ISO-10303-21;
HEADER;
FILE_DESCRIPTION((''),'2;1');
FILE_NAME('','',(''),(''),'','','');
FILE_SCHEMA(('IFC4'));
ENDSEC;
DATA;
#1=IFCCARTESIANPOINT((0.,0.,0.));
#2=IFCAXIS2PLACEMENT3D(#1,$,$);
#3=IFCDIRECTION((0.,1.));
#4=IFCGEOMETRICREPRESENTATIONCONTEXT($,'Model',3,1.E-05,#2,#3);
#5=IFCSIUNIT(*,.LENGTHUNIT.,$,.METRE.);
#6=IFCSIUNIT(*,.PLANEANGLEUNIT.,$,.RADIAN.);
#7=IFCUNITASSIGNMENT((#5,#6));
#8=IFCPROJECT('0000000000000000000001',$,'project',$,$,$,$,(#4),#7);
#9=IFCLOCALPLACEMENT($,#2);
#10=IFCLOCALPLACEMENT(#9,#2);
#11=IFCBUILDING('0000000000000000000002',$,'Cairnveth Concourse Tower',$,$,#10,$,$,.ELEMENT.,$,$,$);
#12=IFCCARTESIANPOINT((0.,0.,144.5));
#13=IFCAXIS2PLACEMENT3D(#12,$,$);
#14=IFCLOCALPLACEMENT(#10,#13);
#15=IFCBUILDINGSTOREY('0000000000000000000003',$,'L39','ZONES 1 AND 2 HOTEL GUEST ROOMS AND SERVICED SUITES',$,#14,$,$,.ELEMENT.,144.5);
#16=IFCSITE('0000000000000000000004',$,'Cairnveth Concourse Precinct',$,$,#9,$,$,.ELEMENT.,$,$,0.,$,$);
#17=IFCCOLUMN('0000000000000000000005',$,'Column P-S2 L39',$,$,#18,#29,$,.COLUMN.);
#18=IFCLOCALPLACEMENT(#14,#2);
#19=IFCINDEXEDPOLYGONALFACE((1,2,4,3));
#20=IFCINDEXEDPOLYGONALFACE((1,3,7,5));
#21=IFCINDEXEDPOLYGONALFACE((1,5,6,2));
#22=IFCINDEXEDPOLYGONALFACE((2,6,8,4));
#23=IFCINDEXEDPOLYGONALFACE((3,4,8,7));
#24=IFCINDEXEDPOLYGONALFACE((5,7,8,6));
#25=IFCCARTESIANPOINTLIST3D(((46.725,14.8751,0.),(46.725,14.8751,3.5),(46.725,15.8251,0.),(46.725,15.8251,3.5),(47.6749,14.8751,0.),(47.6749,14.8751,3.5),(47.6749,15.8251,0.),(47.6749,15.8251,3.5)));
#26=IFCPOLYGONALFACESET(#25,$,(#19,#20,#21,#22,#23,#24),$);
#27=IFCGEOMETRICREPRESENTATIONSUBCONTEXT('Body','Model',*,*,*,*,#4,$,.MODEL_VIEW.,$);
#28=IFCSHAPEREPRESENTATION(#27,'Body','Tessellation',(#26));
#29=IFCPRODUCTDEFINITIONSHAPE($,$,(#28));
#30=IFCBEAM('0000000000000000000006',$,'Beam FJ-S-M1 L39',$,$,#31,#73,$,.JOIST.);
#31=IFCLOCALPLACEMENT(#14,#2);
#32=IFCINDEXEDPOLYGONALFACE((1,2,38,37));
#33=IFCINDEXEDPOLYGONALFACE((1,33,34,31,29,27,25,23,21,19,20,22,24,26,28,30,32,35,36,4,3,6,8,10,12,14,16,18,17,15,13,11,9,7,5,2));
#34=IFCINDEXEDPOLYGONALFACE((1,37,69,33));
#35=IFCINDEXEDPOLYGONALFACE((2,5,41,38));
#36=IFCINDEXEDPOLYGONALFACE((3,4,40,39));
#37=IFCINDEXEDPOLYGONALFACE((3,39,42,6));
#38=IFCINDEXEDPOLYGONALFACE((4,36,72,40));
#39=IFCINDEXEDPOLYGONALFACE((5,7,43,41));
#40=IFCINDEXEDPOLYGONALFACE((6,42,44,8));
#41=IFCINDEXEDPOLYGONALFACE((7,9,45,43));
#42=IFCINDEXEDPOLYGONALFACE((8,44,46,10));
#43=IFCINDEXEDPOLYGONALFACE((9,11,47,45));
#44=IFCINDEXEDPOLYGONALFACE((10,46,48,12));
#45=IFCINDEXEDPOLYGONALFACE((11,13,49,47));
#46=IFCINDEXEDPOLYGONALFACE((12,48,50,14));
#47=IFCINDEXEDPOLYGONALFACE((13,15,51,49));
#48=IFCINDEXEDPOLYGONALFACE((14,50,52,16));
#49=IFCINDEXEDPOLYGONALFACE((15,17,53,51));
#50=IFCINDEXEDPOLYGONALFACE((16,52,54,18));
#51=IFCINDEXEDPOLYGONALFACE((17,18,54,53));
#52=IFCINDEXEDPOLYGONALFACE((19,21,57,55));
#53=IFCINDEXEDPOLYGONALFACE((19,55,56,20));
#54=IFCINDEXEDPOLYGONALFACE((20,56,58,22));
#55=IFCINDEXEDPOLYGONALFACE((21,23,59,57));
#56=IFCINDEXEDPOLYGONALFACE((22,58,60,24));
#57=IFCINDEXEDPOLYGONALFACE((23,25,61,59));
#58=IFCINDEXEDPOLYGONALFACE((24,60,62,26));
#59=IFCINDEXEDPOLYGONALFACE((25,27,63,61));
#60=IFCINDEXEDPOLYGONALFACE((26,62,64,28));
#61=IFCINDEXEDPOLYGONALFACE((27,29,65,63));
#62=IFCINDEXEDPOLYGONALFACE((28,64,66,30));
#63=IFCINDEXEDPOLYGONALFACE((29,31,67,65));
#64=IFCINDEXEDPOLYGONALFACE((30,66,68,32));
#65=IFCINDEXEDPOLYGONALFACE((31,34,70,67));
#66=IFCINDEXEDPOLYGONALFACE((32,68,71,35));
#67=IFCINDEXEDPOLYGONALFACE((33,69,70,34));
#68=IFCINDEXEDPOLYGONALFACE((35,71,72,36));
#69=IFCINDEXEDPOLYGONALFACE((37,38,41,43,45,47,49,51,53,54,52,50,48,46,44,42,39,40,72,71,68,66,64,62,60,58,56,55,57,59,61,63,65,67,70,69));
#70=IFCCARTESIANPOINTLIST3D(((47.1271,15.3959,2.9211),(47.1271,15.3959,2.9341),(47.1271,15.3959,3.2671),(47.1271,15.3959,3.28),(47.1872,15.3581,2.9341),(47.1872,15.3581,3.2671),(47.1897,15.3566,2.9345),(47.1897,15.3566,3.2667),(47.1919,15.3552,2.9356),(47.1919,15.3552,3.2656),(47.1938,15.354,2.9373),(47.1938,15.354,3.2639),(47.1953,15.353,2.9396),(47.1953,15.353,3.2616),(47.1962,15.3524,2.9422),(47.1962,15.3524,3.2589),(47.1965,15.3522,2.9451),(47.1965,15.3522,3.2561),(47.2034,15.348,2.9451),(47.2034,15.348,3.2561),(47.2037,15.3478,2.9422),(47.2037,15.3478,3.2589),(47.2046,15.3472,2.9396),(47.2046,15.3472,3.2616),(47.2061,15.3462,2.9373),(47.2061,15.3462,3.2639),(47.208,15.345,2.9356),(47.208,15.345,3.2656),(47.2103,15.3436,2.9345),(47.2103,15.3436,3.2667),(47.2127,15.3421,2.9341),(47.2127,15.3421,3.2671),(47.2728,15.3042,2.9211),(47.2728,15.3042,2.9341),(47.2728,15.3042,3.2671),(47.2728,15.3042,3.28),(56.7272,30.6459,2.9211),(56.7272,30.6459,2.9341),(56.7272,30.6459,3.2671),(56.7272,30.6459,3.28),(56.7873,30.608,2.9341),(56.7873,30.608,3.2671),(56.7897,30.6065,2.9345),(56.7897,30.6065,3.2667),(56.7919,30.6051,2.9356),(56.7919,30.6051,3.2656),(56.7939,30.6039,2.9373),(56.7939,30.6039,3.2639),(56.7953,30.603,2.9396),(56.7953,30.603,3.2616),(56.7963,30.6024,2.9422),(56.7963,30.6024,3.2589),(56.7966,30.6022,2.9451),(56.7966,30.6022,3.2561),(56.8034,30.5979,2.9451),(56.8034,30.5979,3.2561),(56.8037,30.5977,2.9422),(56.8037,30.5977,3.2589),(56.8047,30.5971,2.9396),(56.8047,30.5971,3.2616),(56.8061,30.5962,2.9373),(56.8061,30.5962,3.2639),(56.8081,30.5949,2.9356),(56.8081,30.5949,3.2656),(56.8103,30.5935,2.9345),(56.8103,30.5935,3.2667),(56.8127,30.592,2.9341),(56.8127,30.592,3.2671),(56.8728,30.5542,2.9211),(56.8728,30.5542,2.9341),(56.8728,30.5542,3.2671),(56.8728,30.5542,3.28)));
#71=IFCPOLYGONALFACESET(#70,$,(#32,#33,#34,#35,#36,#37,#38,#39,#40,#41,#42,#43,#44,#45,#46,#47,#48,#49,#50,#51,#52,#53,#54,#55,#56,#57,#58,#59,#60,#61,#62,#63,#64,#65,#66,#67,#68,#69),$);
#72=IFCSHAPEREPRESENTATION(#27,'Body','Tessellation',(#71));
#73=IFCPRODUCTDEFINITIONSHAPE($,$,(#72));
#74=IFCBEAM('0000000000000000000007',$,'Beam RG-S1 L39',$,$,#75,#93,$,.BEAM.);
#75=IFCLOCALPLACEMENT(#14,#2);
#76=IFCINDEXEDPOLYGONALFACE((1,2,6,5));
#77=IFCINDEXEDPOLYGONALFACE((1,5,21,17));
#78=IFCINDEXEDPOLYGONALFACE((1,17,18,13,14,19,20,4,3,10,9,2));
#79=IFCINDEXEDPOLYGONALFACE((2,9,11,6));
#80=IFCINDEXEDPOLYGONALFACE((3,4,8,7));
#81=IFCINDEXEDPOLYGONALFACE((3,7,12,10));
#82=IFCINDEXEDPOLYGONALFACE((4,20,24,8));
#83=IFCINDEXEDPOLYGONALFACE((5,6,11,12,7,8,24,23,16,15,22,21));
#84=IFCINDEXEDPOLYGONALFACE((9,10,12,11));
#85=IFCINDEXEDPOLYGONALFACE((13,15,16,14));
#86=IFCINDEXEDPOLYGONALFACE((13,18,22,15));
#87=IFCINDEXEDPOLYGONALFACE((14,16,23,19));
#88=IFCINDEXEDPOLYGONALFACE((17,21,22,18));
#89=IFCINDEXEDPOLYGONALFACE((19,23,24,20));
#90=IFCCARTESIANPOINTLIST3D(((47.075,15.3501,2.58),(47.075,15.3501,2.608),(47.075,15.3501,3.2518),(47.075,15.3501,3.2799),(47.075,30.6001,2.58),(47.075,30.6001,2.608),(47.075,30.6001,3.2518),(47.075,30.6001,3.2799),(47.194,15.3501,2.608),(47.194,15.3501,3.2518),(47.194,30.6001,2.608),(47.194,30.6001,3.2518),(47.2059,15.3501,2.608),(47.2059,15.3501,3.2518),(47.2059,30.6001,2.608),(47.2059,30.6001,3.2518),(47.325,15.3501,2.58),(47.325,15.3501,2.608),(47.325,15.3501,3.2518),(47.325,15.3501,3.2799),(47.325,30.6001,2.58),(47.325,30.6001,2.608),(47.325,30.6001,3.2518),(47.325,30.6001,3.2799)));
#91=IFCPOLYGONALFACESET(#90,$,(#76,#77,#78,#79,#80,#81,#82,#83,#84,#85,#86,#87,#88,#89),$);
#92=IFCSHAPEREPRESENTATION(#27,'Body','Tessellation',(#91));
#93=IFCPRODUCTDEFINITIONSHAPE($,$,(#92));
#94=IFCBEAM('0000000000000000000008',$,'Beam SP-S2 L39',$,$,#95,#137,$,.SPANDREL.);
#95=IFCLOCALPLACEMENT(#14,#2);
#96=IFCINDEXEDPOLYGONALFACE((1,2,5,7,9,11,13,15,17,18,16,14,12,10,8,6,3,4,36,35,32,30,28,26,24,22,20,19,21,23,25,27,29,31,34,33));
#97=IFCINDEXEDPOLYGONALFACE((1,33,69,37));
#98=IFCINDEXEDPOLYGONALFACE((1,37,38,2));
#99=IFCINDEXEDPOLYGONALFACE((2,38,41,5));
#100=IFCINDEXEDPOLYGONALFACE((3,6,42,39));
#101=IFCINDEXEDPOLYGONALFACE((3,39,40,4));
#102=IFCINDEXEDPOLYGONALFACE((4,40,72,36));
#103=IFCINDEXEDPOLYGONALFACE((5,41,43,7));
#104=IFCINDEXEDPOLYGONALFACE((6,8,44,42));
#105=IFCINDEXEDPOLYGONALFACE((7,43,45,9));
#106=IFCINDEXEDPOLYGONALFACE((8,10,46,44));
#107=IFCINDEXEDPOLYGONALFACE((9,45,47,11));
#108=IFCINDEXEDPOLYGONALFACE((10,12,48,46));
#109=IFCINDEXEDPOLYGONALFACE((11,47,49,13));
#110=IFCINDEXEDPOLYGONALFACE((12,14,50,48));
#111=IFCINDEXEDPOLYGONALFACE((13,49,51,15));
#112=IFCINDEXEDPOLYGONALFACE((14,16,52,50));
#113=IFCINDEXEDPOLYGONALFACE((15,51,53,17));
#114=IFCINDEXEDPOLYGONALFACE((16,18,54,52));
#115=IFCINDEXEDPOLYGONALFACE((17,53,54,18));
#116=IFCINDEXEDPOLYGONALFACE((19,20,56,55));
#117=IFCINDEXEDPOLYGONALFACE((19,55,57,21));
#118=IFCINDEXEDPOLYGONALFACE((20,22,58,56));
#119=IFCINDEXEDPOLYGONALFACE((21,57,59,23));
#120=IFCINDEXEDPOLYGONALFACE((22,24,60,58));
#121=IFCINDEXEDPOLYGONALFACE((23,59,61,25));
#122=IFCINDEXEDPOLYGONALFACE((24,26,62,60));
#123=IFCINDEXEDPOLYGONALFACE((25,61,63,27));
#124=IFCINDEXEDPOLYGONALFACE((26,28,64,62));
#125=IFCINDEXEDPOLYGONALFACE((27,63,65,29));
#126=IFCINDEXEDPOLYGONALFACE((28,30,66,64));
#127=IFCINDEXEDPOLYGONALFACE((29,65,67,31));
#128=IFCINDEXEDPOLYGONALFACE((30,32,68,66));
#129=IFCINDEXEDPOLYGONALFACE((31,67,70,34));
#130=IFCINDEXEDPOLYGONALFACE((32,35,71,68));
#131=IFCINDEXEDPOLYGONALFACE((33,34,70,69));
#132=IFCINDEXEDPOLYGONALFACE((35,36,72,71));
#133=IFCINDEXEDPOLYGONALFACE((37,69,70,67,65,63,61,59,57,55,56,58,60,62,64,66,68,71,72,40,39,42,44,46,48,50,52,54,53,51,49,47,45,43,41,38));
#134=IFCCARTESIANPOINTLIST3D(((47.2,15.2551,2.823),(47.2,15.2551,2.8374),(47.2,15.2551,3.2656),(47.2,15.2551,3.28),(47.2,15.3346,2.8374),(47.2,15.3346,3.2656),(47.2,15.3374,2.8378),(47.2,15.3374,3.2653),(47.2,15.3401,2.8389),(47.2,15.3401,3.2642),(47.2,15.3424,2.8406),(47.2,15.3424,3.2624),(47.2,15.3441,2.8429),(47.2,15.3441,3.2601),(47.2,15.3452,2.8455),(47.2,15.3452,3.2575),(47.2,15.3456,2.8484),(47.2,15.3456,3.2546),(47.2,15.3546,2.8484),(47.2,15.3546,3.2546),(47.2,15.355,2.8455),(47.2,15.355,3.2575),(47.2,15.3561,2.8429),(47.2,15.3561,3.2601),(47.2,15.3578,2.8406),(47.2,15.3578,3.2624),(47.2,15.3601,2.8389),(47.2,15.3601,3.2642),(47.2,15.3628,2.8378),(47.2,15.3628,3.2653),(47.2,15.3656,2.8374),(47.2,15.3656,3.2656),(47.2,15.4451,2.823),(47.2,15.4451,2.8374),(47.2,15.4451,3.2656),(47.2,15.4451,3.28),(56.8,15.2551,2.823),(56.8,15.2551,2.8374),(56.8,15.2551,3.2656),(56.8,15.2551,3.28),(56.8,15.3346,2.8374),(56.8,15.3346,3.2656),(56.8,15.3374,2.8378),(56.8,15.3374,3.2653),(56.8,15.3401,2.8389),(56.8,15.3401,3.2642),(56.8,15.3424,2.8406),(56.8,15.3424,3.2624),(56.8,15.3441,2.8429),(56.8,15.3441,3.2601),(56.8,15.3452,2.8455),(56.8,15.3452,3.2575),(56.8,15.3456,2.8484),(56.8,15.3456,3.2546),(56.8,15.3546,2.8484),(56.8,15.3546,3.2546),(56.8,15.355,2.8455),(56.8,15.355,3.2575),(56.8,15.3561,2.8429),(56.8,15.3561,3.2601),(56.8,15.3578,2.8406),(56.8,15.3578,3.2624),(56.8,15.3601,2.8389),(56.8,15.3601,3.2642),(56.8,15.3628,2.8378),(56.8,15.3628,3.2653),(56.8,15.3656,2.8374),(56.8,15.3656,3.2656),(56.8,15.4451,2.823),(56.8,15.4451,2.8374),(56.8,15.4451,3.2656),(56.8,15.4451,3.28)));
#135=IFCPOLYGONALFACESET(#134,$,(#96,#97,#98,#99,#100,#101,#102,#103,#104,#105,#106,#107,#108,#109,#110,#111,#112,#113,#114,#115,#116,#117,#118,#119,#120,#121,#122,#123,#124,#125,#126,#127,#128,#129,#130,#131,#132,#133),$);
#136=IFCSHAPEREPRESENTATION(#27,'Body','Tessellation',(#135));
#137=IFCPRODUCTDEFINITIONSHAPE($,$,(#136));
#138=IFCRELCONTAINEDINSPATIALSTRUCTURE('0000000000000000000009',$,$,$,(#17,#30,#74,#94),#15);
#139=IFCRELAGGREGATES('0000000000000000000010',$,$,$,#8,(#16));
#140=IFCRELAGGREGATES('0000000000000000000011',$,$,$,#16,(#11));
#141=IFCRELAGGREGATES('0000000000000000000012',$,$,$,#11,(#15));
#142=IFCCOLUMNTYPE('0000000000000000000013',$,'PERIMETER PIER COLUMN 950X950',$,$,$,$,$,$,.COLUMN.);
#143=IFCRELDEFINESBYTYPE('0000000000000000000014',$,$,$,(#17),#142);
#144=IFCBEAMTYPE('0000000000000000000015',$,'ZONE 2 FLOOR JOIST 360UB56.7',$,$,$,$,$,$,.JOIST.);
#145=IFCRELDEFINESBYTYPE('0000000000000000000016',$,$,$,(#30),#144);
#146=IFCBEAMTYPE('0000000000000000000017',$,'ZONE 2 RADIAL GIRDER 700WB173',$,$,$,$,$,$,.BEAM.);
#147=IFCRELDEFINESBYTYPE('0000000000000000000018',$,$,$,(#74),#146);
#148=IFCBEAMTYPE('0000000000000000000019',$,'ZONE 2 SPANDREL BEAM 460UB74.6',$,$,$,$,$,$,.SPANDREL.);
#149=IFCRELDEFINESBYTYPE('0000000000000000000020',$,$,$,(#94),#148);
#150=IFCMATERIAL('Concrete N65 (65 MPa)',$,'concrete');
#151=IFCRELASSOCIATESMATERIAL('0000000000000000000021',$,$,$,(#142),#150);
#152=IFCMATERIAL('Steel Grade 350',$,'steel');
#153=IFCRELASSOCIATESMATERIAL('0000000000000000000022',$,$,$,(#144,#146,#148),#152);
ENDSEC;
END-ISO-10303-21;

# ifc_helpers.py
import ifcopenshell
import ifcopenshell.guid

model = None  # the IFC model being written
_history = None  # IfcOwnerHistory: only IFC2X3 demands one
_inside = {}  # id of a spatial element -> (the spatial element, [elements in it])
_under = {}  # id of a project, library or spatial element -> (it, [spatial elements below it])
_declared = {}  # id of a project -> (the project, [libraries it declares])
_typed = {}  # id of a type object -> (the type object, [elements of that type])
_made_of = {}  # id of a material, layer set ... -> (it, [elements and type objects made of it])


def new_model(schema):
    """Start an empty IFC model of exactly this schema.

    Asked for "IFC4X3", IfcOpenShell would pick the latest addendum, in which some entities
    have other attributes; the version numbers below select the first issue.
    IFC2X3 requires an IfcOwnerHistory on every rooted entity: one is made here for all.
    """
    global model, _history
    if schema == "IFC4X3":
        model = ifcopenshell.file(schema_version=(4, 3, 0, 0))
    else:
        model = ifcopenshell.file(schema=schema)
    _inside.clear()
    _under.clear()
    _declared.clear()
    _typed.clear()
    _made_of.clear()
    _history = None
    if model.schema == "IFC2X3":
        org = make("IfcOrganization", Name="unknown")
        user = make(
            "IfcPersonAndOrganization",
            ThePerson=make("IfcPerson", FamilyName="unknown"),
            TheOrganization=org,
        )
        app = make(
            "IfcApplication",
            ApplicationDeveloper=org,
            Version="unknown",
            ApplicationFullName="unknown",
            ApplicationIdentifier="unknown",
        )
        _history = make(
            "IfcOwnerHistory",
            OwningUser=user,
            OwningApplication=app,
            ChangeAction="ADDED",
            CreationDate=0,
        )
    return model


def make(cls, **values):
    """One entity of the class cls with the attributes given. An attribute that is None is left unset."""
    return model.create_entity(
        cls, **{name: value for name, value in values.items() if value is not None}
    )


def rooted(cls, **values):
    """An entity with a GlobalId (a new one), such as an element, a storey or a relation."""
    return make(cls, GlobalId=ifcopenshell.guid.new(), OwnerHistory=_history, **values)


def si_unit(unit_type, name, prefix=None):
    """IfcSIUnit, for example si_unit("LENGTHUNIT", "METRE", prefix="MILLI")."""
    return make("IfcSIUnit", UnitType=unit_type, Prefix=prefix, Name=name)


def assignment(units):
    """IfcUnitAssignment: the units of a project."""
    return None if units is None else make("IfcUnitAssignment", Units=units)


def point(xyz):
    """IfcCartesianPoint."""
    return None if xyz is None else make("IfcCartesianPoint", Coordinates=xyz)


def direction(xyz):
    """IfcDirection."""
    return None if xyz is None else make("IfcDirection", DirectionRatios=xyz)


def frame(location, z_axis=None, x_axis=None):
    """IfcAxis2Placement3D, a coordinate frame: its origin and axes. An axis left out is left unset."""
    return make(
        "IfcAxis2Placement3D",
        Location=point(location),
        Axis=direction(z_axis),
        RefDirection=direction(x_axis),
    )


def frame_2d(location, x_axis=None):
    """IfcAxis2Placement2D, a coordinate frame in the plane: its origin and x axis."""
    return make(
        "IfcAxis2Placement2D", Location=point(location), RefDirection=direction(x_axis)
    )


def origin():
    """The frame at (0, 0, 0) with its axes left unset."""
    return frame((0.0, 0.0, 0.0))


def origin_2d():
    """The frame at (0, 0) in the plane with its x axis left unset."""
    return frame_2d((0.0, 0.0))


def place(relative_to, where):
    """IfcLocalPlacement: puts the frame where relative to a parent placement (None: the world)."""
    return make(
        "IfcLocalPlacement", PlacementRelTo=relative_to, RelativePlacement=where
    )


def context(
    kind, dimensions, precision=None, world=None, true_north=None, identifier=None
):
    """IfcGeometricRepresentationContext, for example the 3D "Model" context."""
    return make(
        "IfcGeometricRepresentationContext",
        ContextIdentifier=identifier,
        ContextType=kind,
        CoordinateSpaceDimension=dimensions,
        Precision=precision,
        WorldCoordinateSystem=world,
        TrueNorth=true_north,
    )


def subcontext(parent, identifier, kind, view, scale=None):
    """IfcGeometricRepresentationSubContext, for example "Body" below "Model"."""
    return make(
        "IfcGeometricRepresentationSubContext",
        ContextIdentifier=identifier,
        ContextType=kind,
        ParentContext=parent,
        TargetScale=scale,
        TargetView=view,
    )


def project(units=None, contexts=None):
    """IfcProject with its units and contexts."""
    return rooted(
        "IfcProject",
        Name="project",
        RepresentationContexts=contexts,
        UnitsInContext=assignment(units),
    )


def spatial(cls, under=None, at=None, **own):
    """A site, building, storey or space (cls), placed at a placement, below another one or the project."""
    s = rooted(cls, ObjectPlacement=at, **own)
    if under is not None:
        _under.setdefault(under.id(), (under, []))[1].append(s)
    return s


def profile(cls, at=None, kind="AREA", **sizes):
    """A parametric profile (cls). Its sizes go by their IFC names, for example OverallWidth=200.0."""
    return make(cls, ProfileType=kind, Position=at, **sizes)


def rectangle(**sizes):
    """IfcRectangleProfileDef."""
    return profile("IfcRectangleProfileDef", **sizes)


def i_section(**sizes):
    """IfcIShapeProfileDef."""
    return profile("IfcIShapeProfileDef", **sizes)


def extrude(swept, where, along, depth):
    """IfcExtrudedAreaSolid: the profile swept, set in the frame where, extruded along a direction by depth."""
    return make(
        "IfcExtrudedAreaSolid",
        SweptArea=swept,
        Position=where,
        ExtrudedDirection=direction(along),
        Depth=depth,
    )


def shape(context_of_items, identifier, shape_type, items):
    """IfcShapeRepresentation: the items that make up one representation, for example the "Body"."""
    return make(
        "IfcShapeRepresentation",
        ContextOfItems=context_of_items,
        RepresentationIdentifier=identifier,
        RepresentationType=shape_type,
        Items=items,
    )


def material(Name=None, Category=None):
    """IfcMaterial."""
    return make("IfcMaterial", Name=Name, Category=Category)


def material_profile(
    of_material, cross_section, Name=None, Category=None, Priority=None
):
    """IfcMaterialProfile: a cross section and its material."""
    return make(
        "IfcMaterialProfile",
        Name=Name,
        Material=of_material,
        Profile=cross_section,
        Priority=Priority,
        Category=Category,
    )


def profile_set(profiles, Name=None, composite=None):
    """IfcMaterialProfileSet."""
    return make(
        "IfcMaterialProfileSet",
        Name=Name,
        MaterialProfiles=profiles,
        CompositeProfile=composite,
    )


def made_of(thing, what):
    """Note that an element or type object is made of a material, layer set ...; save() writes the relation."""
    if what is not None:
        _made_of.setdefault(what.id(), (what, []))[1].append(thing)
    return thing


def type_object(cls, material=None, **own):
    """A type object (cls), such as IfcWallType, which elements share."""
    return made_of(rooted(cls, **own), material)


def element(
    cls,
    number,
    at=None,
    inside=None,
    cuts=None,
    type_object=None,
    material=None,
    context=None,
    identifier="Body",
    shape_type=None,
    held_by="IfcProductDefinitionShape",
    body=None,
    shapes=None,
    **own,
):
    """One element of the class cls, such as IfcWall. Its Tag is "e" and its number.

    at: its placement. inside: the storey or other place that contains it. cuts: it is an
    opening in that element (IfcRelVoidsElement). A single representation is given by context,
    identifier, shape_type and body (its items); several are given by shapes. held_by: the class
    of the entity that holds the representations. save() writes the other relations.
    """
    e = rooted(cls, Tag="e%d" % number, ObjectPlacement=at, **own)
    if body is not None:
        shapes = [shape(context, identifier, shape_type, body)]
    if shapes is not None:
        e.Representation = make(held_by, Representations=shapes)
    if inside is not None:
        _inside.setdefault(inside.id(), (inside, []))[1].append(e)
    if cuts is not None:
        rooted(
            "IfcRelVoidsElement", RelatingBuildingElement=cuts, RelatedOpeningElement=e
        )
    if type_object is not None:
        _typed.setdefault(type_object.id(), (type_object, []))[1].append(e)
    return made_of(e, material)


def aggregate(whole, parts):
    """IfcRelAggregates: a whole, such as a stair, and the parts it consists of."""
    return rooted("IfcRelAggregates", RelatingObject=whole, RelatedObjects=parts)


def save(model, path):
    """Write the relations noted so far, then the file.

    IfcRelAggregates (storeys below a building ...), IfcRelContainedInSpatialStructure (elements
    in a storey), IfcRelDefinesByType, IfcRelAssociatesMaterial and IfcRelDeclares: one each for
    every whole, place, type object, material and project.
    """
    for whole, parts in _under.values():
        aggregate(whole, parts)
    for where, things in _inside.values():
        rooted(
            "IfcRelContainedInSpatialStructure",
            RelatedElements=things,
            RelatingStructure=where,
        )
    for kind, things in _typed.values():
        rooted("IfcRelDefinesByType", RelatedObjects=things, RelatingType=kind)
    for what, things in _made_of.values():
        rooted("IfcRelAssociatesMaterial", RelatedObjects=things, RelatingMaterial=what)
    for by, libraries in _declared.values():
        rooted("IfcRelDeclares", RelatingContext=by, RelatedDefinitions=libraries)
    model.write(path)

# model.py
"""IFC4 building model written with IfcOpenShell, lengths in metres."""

from ifc_helpers import new_model, si_unit, direction, frame, origin, origin_2d, place, context, subcontext, project, spatial, rectangle, i_section, extrude, material, material_profile, profile_set, type_object, element, save


model = new_model("IFC4")

# Units and contexts
model_context = context("Model", 3, precision=1e-05, world=origin(), true_north=direction((0.0, 1.0)))
body_context = subcontext(model_context, "Body", "Model", "MODEL_VIEW")
ifc_project = project(units=[si_unit("LENGTHUNIT", "METRE"), si_unit("PLANEANGLEUNIT", "RADIAN")], contexts=[model_context])

# Site, building, storey
site_placement = place(None, origin())
site = spatial("IfcSite", under=ifc_project, at=site_placement, Name="Cairnveth Concourse Precinct", CompositionType="ELEMENT", RefElevation=0.0)
building_placement = place(site_placement, origin())
building = spatial("IfcBuilding", under=site, at=building_placement, Name="Cairnveth Concourse Tower", CompositionType="ELEMENT")
storey_placement = place(building_placement, frame((0.0, 0.0, 144.5)))
storey = spatial("IfcBuildingStorey", under=building, at=storey_placement, Name="L39", Description="ZONES 1 AND 2 HOTEL GUEST ROOMS AND SERVICED SUITES", CompositionType="ELEMENT", Elevation=144.5)

# Column
ifc_material_1 = material(Name="Concrete N65 (65 MPa)", Category="concrete")
ifc_material_profile_1 = material_profile(ifc_material_1, rectangle(XDim=0.95, YDim=0.95, at=origin_2d()), Name="RC-COL-950x950")
ifc_profile_set_1 = profile_set([ifc_material_profile_1], Name="Concrete N65 (65 MPa)")
column_type = type_object("IfcColumnType", Name="PERIMETER PIER COLUMN 950X950", PredefinedType="COLUMN", material=ifc_profile_set_1)
column_placement = place(storey_placement, frame((47.2, 15.3501, 0.0), z_axis=(0.0, 0.0, 1.0), x_axis=(1.0, 0.0, 0.0)))
element("IfcColumn", 1, at=column_placement, inside=storey, type_object=column_type, Name="Column P-S2 L39", PredefinedType="COLUMN", context=body_context, shape_type="SweptSolid", body=[
    extrude(rectangle(XDim=0.95, YDim=0.95, at=origin_2d()), origin(), (0.0, 0.0, 1.0), 3.5),
])

# Beams
ifc_material_2 = material(Name="Steel Grade 350", Category="steel")
ifc_material_profile_2 = material_profile(ifc_material_2, i_section(OverallWidth=0.1721, OverallDepth=0.3589, WebThickness=0.0081, FlangeThickness=0.0129, FilletRadius=0.011, at=origin_2d()), Name="360UB56.7")
ifc_profile_set_2 = profile_set([ifc_material_profile_2], Name="Steel Grade 350")
beam_type_1 = type_object("IfcBeamType", Name="ZONE 2 FLOOR JOIST 360UB56.7", PredefinedType="JOIST", material=ifc_profile_set_2)
beam_1_placement = place(storey_placement, frame((47.2, 15.3501, 3.1006), z_axis=(0.532744, 0.846277, 0.0), x_axis=(-0.846277, 0.532744, 0.0)))
element("IfcBeam", 2, at=beam_1_placement, inside=storey, type_object=beam_type_1, Name="Beam FJ-S-M1 L39", PredefinedType="JOIST", context=body_context, shape_type="SweptSolid", body=[
    extrude(i_section(OverallWidth=0.1721, OverallDepth=0.3589, WebThickness=0.0081, FlangeThickness=0.0129, FilletRadius=0.011, at=origin_2d()), origin(), (0.0, 0.0, 1.0), 18.02),
])
ifc_material_profile_3 = material_profile(ifc_material_2, i_section(OverallWidth=0.25, OverallDepth=0.7, WebThickness=0.012, FlangeThickness=0.0281, at=origin_2d()), Name="700WB173")
ifc_profile_set_3 = profile_set([ifc_material_profile_3], Name="Steel Grade 350")
beam_type_2 = type_object("IfcBeamType", Name="ZONE 2 RADIAL GIRDER 700WB173", PredefinedType="BEAM", material=ifc_profile_set_3)
beam_2_placement = place(storey_placement, frame((47.2, 15.3501, 2.9299), z_axis=(0.0, 1.0, 0.0), x_axis=(-1.0, 0.0, 0.0)))
element("IfcBeam", 3, at=beam_2_placement, inside=storey, type_object=beam_type_2, Name="Beam RG-S1 L39", PredefinedType="BEAM", context=body_context, shape_type="SweptSolid", body=[
    extrude(i_section(OverallWidth=0.25, OverallDepth=0.7, WebThickness=0.012, FlangeThickness=0.0281, at=origin_2d()), origin(), (0.0, 0.0, 1.0), 15.25),
])
ifc_material_profile_4 = material_profile(ifc_material_2, i_section(OverallWidth=0.1899, OverallDepth=0.457, WebThickness=0.009, FlangeThickness=0.0144, FilletRadius=0.011, at=origin_2d()), Name="460UB74.6")
ifc_profile_set_4 = profile_set([ifc_material_profile_4], Name="Steel Grade 350")
beam_type_3 = type_object("IfcBeamType", Name="ZONE 2 SPANDREL BEAM 460UB74.6", PredefinedType="SPANDREL", material=ifc_profile_set_4)
beam_3_placement = place(storey_placement, frame((47.2, 15.3501, 3.0515), z_axis=(1.0, 0.0, 0.0), x_axis=(0.0, 1.0, 0.0)))
element("IfcBeam", 4, at=beam_3_placement, inside=storey, type_object=beam_type_3, Name="Beam SP-S2 L39", PredefinedType="SPANDREL", context=body_context, shape_type="SweptSolid", body=[
    extrude(i_section(OverallWidth=0.1899, OverallDepth=0.457, WebThickness=0.009, FlangeThickness=0.0144, FilletRadius=0.011, at=origin_2d()), origin(), (0.0, 0.0, 1.0), 9.6001),
])

save(model, "model.ifc")
